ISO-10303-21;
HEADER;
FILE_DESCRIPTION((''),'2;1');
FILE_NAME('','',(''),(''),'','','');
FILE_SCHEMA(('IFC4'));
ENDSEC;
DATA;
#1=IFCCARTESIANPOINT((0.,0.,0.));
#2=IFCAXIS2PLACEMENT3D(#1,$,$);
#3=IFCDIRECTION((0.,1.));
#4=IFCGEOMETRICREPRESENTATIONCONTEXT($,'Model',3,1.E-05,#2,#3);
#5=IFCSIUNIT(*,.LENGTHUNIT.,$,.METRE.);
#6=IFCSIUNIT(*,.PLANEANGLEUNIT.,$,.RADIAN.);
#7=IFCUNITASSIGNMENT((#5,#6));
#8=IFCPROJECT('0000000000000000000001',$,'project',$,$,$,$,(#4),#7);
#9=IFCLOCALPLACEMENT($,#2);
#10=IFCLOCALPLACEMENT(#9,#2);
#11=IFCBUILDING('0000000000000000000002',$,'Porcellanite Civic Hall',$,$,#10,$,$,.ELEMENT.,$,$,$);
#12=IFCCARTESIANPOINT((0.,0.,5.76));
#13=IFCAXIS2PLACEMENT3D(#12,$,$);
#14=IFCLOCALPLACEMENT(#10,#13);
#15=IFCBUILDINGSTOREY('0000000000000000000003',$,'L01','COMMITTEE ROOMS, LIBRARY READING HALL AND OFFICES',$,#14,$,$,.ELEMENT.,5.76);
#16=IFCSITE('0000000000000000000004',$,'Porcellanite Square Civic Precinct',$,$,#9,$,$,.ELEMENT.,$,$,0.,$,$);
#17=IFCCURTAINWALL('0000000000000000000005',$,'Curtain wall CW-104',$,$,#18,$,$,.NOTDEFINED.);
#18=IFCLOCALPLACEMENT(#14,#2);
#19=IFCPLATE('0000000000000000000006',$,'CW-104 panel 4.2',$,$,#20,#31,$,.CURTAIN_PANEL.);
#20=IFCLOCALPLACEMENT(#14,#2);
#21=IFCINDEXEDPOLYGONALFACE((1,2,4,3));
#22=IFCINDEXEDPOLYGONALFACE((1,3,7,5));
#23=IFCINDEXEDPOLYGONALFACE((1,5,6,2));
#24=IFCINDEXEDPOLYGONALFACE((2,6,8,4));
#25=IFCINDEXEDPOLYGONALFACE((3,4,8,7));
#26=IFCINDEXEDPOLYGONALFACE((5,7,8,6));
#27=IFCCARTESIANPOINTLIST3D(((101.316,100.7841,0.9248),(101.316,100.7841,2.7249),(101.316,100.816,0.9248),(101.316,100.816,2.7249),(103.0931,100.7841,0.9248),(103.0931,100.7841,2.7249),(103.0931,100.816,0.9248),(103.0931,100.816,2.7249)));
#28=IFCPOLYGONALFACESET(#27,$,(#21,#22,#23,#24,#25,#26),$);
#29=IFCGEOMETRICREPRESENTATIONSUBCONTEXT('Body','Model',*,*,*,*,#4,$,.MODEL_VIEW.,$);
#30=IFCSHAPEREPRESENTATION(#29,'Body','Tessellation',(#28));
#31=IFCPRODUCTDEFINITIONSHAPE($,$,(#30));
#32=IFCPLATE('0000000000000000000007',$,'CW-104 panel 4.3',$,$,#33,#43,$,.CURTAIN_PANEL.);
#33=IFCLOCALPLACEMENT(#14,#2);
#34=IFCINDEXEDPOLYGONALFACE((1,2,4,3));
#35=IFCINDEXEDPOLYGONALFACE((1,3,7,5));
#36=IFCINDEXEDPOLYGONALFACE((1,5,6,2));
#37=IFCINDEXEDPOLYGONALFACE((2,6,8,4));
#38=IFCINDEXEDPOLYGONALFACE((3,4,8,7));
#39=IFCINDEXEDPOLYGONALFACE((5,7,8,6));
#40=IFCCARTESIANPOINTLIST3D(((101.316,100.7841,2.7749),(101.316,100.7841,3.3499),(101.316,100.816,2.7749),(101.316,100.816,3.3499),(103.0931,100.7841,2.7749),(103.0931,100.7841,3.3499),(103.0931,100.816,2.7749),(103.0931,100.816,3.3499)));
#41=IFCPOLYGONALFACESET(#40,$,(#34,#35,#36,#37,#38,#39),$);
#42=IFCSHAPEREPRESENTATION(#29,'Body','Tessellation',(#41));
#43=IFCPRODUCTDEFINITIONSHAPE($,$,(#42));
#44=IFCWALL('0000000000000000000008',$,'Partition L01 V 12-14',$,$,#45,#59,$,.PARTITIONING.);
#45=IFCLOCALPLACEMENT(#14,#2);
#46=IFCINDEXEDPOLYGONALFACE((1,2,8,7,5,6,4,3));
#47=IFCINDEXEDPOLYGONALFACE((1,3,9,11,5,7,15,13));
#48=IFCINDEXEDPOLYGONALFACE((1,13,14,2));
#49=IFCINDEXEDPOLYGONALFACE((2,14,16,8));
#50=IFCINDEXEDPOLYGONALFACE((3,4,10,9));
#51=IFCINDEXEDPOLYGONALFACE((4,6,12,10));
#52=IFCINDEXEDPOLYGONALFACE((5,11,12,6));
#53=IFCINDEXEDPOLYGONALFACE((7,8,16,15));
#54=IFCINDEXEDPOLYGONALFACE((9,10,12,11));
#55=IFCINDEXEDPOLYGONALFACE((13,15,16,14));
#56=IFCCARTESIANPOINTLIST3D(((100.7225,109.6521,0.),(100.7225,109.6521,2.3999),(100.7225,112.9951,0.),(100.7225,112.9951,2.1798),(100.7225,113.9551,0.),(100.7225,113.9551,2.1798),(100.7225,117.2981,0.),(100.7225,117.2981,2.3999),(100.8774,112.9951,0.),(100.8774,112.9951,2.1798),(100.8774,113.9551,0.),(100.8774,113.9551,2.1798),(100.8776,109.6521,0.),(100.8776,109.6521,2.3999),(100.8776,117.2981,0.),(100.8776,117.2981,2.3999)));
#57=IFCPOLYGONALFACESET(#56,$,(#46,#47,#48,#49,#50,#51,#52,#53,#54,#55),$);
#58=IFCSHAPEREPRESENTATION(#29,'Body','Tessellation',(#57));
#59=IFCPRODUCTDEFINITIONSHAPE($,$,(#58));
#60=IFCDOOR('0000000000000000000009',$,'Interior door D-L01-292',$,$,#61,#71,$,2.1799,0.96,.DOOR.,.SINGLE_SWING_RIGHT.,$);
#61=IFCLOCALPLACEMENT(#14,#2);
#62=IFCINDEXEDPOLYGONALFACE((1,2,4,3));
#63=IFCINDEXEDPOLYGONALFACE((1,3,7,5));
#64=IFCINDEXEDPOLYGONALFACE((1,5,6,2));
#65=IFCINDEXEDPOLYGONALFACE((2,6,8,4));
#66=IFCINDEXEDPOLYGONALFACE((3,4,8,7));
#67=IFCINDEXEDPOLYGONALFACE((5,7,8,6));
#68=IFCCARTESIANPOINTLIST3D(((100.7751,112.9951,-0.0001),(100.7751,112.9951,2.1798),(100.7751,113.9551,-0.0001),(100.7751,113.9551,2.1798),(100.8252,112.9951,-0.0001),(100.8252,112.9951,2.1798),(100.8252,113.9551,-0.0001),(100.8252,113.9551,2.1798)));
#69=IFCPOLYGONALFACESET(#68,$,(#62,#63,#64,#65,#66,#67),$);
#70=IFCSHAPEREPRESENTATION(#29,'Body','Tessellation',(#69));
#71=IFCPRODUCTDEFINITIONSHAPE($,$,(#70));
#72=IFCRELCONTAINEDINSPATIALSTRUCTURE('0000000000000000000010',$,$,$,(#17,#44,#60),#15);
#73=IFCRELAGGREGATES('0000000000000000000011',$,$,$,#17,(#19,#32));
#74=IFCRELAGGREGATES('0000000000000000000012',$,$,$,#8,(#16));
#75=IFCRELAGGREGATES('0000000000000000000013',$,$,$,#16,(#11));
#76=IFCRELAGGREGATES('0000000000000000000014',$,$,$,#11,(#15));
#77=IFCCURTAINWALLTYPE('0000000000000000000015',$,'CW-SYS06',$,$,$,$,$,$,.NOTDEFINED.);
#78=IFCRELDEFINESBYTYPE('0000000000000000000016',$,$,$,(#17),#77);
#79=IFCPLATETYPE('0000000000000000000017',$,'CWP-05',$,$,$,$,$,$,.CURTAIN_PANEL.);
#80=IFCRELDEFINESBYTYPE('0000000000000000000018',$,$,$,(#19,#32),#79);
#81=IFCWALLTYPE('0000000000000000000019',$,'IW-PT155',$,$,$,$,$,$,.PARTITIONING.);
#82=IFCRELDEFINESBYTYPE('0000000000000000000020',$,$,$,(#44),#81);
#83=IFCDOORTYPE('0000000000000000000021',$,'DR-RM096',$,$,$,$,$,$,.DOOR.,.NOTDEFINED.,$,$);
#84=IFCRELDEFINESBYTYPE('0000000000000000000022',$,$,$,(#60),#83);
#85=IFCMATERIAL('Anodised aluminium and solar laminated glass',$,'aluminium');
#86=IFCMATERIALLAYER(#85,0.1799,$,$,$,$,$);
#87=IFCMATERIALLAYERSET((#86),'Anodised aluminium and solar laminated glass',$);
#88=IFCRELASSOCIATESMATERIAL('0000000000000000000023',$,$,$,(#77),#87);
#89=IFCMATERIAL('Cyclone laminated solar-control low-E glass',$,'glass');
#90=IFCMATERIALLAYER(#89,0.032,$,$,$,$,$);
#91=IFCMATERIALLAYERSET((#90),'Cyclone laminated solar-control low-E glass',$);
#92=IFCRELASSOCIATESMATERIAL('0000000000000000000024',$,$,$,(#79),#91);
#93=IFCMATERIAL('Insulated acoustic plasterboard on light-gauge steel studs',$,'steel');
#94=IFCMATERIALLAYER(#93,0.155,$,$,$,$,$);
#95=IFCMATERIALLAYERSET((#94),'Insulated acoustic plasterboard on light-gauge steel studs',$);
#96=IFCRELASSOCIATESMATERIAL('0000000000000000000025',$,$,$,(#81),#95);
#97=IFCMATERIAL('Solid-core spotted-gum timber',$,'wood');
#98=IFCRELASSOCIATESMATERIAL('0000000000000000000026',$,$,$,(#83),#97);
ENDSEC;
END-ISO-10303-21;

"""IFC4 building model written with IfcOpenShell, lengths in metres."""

from ifc_helpers import new_model, si_unit, direction, frame, frame_2d, origin, origin_2d, place, context, subcontext, project, spatial, rectangle, extrude, material, layer, layer_set, type_object, element, fill, aggregate, save


model = new_model("IFC4")

# Units and contexts
model_context = context("Model", 3, precision=1e-05, world=origin(), true_north=direction((0.0, 1.0)))
body_context = subcontext(model_context, "Body", "Model", "MODEL_VIEW")
ifc_project = project(units=[si_unit("LENGTHUNIT", "METRE"), si_unit("PLANEANGLEUNIT", "RADIAN")], contexts=[model_context])

# Site, building, storey
site_placement = place(None, origin())
site = spatial("IfcSite", under=ifc_project, at=site_placement, Name="Porcellanite Square Civic Precinct", CompositionType="ELEMENT", RefElevation=0.0)
building_placement = place(site_placement, origin())
building = spatial("IfcBuilding", under=site, at=building_placement, Name="Porcellanite Civic Hall", CompositionType="ELEMENT")
storey_placement = place(building_placement, frame((0.0, 0.0, 5.76)))
storey = spatial("IfcBuildingStorey", under=building, at=storey_placement, Name="L01", Description="COMMITTEE ROOMS, LIBRARY READING HALL AND OFFICES", CompositionType="ELEMENT", Elevation=5.76)

# Curtain wall
ifc_material_1 = material(Name="Anodised aluminium and solar laminated glass", Category="aluminium")
ifc_layer_1 = layer(ifc_material_1, 0.1799)
ifc_layer_set_1 = layer_set([ifc_layer_1], Name="Anodised aluminium and solar laminated glass")
curtain_wall_type_1 = type_object("IfcCurtainWallType", Name="CW-SYS06", PredefinedType="NOTDEFINED", material=ifc_layer_set_1)
curtain_wall_1_placement = place(storey_placement, origin())
curtain_wall_1 = element("IfcCurtainWall", 1, at=curtain_wall_1_placement, inside=storey, type_object=curtain_wall_type_1, Name="Curtain wall CW-104", PredefinedType="NOTDEFINED")

# Plates
ifc_material_2 = material(Name="Cyclone laminated solar-control low-E glass", Category="glass")
ifc_layer_2 = layer(ifc_material_2, 0.032)
ifc_layer_set_2 = layer_set([ifc_layer_2], Name="Cyclone laminated solar-control low-E glass")
plate_type = type_object("IfcPlateType", Name="CWP-05", PredefinedType="CURTAIN_PANEL", material=ifc_layer_set_2)
plate_1_placement = place(storey_placement, frame((102.2046, 100.8, 0.9248), z_axis=(0.0, 0.0, 1.0), x_axis=(-1.0, 0.0, 0.0)))
plate_1 = element("IfcPlate", 2, at=plate_1_placement, type_object=plate_type, Name="CW-104 panel 4.2", PredefinedType="CURTAIN_PANEL", context=body_context, shape_type="SweptSolid", body=[
    extrude(rectangle(XDim=1.7771, YDim=0.032, at=origin_2d()), origin(), (0.0, 0.0, 1.0), 1.8),
])
plate_2_placement = place(storey_placement, frame((102.2046, 100.8, 2.7749), z_axis=(0.0, 0.0, 1.0), x_axis=(-1.0, 0.0, 0.0)))
plate_2 = element("IfcPlate", 3, at=plate_2_placement, type_object=plate_type, Name="CW-104 panel 4.3", PredefinedType="CURTAIN_PANEL", context=body_context, shape_type="SweptSolid", body=[
    extrude(rectangle(XDim=1.7771, YDim=0.032, at=origin_2d()), origin(), (0.0, 0.0, 1.0), 0.575),
])
aggregate(curtain_wall_1, [plate_1, plate_2])

# Wall, opening, door
ifc_material_3 = material(Name="Insulated acoustic plasterboard on light-gauge steel studs", Category="steel")
ifc_layer_3 = layer(ifc_material_3, 0.155)
ifc_layer_set_3 = layer_set([ifc_layer_3], Name="Insulated acoustic plasterboard on light-gauge steel studs")
wall_type_1 = type_object("IfcWallType", Name="IW-PT155", PredefinedType="PARTITIONING", material=ifc_layer_set_3)
wall_1_placement = place(storey_placement, frame((100.8, 109.6521, 0.0), z_axis=(0.0, 0.0, 1.0), x_axis=(0.0, 1.0, 0.0)))
wall_1 = element("IfcWall", 4, at=wall_1_placement, inside=storey, type_object=wall_type_1, Name="Partition L01 V 12-14", PredefinedType="PARTITIONING", context=body_context, shape_type="SweptSolid", body=[
    extrude(rectangle(XDim=7.646, YDim=0.155, at=frame_2d((3.823, 0.0))), origin(), (0.0, 0.0, 1.0), 2.3999),
])
opening_1_placement = place(wall_1_placement, frame((3.343, 0.0, 0.0)))
opening_1 = element("IfcOpeningElement", 5, at=opening_1_placement, cuts=wall_1, PredefinedType="OPENING", context=body_context, shape_type="SweptSolid", body=[
    extrude(rectangle(XDim=0.96, YDim=2.1799, at=frame_2d((0.48, 1.0898))), frame((0.0, 0.0776, 0.0), z_axis=(0.0, -1.0, 0.0), x_axis=(1.0, 0.0, 0.0)), (0.0, 0.0, 1.0), 0.155),
])
ifc_material_4 = material(Name="Solid-core spotted-gum timber", Category="wood")
door_type_1 = type_object("IfcDoorType", Name="DR-RM096", OperationType="NOTDEFINED", PredefinedType="DOOR", material=ifc_material_4)
door_1_placement = place(opening_1_placement, origin())
door_1 = element("IfcDoor", 6, at=door_1_placement, inside=storey, type_object=door_type_1, Name="Interior door D-L01-292", OperationType="SINGLE_SWING_RIGHT", OverallHeight=2.1799, OverallWidth=0.96, PredefinedType="DOOR", context=body_context, shape_type="SweptSolid", body=[
    extrude(rectangle(XDim=0.96, YDim=2.1799, at=frame_2d((0.48, 1.0898))), frame((0.0, 0.0249, 0.0), z_axis=(0.0, -1.0, 0.0), x_axis=(1.0, 0.0, 0.0)), (0.0, 0.0, 1.0), 0.05),
])
fill(opening_1, door_1)

save(model, "model.ifc")
